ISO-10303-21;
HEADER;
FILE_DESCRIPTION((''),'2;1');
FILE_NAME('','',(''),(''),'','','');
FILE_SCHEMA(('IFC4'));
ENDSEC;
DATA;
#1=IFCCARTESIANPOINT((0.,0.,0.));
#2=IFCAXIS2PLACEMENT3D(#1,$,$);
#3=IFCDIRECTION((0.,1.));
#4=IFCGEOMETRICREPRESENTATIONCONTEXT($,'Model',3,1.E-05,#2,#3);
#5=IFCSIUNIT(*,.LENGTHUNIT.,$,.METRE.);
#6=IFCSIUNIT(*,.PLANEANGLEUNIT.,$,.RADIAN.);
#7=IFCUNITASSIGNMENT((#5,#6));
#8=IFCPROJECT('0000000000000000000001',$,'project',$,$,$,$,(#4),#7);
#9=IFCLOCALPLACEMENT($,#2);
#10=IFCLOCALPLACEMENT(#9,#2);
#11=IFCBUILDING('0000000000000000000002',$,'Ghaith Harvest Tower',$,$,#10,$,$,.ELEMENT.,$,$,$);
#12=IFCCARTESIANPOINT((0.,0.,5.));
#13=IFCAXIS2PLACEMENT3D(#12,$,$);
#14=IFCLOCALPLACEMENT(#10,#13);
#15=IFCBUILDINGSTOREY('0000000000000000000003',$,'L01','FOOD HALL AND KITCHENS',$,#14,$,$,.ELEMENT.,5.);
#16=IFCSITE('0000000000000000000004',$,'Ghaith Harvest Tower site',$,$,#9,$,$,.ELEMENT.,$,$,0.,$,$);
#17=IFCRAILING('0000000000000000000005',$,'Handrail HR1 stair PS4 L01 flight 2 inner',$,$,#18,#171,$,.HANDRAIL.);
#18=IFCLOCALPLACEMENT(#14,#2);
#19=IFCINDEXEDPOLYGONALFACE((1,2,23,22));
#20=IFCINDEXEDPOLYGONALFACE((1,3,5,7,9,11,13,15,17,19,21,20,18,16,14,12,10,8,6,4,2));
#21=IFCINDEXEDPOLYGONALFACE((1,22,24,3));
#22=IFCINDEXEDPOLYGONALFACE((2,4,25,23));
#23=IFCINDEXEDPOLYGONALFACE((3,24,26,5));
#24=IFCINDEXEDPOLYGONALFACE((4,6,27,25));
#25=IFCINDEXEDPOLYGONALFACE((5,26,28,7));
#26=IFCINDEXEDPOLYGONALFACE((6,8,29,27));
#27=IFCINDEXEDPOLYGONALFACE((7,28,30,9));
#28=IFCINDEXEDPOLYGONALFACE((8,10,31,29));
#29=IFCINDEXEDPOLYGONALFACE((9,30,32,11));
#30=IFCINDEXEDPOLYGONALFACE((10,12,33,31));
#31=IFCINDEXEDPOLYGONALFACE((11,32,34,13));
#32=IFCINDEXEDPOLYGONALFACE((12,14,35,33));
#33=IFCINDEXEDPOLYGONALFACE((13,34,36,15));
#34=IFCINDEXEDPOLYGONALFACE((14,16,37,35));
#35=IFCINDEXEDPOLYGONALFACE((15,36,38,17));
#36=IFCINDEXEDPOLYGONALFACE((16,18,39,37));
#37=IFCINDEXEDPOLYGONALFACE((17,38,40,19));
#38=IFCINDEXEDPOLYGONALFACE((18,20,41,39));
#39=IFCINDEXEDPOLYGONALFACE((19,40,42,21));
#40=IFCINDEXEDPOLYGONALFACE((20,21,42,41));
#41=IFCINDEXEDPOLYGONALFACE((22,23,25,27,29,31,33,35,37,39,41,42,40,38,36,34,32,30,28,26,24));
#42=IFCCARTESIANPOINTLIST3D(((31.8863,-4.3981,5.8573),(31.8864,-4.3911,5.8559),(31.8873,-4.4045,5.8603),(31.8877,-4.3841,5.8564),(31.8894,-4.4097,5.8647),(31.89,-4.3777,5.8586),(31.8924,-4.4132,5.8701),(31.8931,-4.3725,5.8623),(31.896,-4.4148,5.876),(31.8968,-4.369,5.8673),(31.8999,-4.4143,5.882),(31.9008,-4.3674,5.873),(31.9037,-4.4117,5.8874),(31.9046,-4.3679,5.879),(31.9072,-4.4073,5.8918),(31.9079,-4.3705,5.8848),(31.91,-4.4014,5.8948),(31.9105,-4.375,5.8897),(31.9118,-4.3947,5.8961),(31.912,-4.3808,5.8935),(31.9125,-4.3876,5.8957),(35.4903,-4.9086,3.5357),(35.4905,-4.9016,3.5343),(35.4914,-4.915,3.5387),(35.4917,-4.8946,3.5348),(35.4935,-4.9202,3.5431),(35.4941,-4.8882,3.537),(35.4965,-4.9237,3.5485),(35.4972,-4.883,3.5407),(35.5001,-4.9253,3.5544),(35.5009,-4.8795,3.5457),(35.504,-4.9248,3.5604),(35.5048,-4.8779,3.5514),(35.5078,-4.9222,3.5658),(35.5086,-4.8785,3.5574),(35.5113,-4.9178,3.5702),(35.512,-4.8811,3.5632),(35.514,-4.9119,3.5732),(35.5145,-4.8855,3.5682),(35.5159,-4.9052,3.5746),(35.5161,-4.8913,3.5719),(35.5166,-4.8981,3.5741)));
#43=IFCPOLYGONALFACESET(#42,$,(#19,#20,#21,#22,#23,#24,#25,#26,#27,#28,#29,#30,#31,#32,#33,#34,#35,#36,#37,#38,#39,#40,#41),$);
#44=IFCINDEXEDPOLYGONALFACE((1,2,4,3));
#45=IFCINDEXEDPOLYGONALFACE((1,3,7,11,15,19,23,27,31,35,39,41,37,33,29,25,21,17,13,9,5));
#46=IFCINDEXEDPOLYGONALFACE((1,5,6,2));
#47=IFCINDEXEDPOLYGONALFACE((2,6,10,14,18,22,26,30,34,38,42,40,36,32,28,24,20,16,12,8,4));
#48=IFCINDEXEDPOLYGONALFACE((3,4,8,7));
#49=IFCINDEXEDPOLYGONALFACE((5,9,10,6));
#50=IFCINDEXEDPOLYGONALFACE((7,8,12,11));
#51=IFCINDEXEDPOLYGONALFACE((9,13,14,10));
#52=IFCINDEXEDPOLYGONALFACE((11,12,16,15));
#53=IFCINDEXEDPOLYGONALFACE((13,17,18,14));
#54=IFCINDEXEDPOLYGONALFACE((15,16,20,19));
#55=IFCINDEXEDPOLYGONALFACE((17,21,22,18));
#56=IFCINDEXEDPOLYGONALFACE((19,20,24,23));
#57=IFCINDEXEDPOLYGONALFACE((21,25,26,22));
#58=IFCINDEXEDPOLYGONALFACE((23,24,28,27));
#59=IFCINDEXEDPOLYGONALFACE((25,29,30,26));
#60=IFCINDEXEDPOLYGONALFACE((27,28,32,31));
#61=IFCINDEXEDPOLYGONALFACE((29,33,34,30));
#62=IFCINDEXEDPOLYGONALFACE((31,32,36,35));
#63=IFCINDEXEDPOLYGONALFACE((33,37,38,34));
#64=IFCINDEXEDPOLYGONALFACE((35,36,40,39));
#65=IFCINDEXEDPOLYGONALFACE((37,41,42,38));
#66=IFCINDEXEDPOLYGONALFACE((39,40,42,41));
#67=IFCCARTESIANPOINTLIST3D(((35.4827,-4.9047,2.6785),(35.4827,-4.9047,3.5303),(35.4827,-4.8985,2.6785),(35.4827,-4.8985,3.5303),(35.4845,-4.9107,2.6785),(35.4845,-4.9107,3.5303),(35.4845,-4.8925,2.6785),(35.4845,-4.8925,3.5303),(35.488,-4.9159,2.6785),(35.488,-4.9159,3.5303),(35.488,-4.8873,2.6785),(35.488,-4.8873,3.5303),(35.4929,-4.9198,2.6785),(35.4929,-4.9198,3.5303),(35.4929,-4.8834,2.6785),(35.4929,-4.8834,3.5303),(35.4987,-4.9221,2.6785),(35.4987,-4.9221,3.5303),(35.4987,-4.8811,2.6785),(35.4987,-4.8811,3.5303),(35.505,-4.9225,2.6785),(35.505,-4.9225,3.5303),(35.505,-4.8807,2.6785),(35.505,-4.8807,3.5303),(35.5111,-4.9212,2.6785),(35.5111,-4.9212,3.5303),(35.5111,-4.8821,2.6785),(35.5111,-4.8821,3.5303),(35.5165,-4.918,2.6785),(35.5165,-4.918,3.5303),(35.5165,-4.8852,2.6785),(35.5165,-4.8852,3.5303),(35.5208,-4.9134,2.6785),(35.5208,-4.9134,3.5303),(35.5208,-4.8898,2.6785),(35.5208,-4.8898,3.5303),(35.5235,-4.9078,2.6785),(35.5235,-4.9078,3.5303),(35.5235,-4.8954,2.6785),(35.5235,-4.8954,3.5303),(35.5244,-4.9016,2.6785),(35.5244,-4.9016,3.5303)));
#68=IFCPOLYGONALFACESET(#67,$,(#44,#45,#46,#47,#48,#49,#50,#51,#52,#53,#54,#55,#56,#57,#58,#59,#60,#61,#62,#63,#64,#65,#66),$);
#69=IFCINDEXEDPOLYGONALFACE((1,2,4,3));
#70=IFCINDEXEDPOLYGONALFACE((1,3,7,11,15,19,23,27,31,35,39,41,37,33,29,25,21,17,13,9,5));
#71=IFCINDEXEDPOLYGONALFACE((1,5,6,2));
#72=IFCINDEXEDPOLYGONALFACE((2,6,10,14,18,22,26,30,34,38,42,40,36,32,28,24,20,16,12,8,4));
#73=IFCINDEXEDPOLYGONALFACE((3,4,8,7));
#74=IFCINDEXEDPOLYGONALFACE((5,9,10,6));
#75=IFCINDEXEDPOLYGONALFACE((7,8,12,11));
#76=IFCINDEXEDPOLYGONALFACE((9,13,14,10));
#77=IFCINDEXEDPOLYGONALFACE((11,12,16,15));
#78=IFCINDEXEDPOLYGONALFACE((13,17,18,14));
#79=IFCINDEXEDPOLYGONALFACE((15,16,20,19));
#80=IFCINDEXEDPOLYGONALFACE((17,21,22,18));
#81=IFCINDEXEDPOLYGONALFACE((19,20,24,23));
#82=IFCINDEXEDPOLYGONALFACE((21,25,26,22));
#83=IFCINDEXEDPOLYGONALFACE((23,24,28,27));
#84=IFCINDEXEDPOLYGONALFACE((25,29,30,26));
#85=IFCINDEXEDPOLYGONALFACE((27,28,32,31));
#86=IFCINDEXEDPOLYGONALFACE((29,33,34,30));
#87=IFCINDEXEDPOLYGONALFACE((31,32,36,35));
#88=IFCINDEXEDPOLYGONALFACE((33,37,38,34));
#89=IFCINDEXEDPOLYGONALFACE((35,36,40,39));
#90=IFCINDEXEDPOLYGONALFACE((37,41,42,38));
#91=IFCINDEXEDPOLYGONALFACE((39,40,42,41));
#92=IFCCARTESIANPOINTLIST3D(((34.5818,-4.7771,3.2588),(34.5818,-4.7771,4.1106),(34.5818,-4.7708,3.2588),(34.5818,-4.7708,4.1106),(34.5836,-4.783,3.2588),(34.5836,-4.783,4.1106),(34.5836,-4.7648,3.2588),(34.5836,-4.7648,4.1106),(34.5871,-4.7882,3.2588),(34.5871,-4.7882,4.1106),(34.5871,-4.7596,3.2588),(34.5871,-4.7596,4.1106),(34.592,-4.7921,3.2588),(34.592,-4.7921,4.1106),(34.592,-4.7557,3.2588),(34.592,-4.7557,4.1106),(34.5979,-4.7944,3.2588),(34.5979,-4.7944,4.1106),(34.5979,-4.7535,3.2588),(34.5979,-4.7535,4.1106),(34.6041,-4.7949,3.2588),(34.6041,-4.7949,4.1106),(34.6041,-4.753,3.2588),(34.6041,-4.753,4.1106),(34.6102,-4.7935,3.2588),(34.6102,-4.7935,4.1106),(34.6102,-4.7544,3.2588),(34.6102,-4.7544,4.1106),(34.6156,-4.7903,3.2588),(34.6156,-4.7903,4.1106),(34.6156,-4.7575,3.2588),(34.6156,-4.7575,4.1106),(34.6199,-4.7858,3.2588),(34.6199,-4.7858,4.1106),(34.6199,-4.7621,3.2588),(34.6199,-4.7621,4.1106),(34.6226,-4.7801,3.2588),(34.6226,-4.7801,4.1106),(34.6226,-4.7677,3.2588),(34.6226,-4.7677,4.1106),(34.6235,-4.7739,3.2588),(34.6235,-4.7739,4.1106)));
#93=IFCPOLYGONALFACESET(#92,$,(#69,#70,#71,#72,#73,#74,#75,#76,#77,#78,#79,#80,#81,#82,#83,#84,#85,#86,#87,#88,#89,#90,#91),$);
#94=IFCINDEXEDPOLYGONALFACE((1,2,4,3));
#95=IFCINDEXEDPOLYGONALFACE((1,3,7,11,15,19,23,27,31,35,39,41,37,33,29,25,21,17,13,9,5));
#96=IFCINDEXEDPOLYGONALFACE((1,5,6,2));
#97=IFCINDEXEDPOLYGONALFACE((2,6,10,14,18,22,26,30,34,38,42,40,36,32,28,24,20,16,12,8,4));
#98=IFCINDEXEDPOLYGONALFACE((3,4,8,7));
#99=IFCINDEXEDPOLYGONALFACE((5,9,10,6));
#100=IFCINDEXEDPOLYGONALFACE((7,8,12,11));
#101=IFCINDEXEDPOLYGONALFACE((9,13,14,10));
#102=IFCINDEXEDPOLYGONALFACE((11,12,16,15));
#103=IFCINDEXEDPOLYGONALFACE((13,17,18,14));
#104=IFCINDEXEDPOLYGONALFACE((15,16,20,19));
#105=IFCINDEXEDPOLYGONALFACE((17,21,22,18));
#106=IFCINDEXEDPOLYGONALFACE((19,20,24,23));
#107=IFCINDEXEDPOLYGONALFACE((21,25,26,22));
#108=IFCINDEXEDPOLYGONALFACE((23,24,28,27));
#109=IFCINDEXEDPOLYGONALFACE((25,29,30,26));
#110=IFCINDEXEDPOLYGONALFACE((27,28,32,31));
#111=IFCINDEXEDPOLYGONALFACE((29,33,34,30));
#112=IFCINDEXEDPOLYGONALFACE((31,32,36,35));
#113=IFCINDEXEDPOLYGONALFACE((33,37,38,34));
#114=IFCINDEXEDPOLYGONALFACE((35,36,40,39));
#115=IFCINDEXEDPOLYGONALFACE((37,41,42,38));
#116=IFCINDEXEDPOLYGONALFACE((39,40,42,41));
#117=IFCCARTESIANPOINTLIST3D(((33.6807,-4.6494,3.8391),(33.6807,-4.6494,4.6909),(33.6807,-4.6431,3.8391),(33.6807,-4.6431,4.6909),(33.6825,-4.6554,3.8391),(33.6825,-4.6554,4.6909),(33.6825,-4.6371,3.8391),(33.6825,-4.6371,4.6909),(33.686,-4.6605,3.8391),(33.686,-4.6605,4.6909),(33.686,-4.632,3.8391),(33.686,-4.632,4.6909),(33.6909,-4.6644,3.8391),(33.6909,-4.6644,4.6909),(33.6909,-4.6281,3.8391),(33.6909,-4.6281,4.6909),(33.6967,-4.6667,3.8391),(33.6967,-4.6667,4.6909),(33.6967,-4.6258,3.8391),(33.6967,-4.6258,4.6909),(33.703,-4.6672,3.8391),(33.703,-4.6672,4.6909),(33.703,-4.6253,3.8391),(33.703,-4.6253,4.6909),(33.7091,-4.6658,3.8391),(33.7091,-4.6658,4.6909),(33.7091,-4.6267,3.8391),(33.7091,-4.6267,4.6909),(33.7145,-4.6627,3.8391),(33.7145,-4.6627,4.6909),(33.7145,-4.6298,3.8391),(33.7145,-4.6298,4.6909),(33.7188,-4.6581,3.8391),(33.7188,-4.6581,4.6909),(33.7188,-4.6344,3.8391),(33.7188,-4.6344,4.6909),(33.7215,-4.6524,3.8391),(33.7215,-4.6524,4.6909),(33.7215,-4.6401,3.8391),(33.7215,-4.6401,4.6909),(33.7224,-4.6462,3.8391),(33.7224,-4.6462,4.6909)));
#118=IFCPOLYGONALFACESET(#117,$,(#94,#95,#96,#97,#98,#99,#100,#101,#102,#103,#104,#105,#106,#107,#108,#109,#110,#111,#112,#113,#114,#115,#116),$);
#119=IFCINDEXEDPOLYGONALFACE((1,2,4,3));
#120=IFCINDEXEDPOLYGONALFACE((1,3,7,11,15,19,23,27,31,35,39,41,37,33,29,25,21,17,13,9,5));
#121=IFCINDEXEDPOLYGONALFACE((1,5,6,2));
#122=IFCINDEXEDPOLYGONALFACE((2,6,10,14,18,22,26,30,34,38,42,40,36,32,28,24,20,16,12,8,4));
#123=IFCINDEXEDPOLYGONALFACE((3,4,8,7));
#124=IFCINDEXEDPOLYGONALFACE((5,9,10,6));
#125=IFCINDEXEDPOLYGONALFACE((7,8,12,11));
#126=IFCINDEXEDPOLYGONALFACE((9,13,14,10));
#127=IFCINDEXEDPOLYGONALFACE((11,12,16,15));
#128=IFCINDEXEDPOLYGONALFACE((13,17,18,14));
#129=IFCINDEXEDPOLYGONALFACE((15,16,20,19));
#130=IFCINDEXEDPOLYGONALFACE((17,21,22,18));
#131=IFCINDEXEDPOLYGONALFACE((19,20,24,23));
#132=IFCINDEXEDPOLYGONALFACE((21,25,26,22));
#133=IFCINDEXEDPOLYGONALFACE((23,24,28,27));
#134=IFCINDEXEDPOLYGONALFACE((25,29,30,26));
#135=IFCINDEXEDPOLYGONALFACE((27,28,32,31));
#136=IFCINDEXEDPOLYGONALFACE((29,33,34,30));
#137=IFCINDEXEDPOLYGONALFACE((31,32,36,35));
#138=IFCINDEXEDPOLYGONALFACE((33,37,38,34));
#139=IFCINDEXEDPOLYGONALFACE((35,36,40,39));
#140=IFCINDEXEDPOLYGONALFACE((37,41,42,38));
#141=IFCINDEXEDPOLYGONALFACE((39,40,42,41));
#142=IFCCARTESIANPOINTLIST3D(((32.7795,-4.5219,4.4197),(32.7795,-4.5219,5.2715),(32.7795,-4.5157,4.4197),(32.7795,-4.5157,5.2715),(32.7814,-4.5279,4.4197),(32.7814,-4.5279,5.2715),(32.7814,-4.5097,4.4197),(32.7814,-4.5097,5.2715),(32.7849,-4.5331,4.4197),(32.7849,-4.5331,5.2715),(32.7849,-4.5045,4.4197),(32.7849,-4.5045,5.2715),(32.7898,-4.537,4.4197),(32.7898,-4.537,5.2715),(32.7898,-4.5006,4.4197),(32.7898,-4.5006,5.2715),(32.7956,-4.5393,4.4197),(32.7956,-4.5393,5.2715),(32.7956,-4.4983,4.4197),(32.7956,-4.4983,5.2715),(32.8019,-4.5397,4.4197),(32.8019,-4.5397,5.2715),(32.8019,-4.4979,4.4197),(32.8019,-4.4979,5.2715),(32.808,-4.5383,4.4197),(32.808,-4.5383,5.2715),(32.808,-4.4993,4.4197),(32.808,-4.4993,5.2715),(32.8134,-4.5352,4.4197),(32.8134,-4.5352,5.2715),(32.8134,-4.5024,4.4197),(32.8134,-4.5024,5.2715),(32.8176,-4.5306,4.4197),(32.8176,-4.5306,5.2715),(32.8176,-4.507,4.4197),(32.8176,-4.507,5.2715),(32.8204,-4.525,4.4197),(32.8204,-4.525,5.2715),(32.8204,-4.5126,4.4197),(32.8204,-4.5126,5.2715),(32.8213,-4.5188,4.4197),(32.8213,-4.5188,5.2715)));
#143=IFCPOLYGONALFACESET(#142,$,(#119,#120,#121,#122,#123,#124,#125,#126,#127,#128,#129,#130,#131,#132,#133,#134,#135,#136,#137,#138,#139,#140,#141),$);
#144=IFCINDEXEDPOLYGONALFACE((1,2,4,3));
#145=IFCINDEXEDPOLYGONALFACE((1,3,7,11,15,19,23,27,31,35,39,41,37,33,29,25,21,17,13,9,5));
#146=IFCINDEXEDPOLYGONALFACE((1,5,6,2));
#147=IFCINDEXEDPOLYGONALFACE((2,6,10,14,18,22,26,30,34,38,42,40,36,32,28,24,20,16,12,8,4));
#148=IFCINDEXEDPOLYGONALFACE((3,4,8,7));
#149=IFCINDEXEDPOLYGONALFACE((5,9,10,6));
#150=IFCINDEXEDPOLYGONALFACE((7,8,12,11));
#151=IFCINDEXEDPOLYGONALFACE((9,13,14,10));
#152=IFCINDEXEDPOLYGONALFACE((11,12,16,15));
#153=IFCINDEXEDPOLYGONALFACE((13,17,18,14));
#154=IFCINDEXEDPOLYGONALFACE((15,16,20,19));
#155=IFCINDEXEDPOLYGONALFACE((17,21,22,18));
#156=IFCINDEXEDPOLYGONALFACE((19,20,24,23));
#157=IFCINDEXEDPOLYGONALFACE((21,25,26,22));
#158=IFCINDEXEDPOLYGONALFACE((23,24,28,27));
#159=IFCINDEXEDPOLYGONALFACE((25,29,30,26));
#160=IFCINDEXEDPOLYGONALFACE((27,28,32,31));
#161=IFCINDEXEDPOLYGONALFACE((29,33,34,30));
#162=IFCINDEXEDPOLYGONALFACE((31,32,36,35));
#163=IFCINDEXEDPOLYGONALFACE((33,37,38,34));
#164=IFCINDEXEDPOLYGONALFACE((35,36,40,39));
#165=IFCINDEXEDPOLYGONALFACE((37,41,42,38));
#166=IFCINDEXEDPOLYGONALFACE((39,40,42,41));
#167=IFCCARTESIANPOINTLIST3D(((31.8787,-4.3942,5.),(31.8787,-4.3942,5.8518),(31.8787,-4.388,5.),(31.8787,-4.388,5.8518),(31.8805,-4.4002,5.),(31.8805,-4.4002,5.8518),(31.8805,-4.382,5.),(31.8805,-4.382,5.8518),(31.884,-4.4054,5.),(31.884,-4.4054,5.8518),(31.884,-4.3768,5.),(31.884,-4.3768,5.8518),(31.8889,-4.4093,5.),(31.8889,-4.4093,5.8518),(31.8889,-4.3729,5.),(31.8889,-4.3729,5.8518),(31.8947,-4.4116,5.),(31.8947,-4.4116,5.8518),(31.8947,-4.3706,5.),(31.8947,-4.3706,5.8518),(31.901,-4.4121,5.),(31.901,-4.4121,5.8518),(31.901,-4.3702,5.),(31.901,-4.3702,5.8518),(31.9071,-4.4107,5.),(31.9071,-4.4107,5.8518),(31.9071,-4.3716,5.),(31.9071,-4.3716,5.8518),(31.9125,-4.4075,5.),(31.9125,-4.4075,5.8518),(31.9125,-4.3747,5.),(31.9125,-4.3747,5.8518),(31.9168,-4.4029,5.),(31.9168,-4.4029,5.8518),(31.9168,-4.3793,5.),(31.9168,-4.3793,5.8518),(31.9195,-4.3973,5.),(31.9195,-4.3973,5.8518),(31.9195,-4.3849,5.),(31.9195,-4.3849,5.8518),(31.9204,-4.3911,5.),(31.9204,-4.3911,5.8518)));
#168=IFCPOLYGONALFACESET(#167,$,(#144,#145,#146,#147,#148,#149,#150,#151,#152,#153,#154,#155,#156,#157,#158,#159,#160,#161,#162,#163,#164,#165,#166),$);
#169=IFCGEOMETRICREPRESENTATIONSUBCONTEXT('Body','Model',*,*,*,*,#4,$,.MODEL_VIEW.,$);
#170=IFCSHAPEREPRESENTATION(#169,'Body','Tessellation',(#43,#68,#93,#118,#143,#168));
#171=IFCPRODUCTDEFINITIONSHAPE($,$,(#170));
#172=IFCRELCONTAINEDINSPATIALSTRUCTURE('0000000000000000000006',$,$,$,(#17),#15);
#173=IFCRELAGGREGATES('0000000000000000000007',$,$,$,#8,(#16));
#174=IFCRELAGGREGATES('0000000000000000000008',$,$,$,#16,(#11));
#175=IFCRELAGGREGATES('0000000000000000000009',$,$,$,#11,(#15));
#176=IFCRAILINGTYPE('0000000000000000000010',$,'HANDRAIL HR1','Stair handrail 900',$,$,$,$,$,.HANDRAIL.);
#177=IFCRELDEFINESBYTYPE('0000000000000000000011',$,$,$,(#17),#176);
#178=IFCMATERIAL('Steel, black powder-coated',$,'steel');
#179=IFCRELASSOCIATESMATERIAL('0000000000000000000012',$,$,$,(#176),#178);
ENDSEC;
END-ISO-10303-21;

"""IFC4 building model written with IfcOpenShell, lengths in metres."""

from ifc_helpers import new_model, si_unit, direction, frame, origin, origin_2d, place, context, subcontext, project, spatial, circle, extrude, material, type_object, element, save


model = new_model("IFC4")

# Units and contexts
model_context = context("Model", 3, precision=1e-05, world=origin(), true_north=direction((0.0, 1.0)))
body_context = subcontext(model_context, "Body", "Model", "MODEL_VIEW")
ifc_project = project(units=[si_unit("LENGTHUNIT", "METRE"), si_unit("PLANEANGLEUNIT", "RADIAN")], contexts=[model_context])

# Site, building, storey
site_placement = place(None, origin())
site = spatial("IfcSite", under=ifc_project, at=site_placement, Name="Ghaith Harvest Tower site", CompositionType="ELEMENT", RefElevation=0.0)
building_placement = place(site_placement, origin())
building = spatial("IfcBuilding", under=site, at=building_placement, Name="Ghaith Harvest Tower", CompositionType="ELEMENT")
storey_placement = place(building_placement, frame((0.0, 0.0, 5.0)))
storey = spatial("IfcBuildingStorey", under=building, at=storey_placement, Name="L01", Description="FOOD HALL AND KITCHENS", CompositionType="ELEMENT", Elevation=5.0)

# Railing
ifc_material_1 = material(Name="Steel, black powder-coated", Category="steel")
railing_type = type_object("IfcRailingType", Name="HANDRAIL HR1", Description="Stair handrail 900", PredefinedType="HANDRAIL", material=ifc_material_1)
railing_1_placement = place(storey_placement, frame((35.5034, -4.9016, 2.6785)))
element("IfcRailing", 1, at=railing_1_placement, inside=storey, type_object=railing_type, Name="Handrail HR1 stair PS4 L01 flight 2 inner", PredefinedType="HANDRAIL", context=body_context, shape_type="SweptSolid", body=[
    extrude(circle(Radius=0.0239, at=origin_2d()), frame((0.0, 0.0, 0.876), z_axis=(-0.834784, 0.118245, 0.53773), x_axis=(-0.140247, -0.990116, 0.0)), (0.0, 0.0, 1.0), 4.3174),
    extrude(circle(Radius=0.021, at=origin_2d()), origin(), (0.0, 0.0, 1.0), 0.8518),
    extrude(circle(Radius=0.021, at=origin_2d()), frame((-0.9009, 0.1277, 0.5803)), (0.0, 0.0, 1.0), 0.8518),
    extrude(circle(Radius=0.021, at=origin_2d()), frame((-1.802, 0.2554, 1.1606)), (0.0, 0.0, 1.0), 0.8518),
    extrude(circle(Radius=0.021, at=origin_2d()), frame((-2.7031, 0.3828, 1.7412)), (0.0, 0.0, 1.0), 0.8518),
    extrude(circle(Radius=0.021, at=origin_2d()), frame((-3.604, 0.5105, 2.3215)), (0.0, 0.0, 1.0), 0.8518),
])

save(model, "model.ifc")
